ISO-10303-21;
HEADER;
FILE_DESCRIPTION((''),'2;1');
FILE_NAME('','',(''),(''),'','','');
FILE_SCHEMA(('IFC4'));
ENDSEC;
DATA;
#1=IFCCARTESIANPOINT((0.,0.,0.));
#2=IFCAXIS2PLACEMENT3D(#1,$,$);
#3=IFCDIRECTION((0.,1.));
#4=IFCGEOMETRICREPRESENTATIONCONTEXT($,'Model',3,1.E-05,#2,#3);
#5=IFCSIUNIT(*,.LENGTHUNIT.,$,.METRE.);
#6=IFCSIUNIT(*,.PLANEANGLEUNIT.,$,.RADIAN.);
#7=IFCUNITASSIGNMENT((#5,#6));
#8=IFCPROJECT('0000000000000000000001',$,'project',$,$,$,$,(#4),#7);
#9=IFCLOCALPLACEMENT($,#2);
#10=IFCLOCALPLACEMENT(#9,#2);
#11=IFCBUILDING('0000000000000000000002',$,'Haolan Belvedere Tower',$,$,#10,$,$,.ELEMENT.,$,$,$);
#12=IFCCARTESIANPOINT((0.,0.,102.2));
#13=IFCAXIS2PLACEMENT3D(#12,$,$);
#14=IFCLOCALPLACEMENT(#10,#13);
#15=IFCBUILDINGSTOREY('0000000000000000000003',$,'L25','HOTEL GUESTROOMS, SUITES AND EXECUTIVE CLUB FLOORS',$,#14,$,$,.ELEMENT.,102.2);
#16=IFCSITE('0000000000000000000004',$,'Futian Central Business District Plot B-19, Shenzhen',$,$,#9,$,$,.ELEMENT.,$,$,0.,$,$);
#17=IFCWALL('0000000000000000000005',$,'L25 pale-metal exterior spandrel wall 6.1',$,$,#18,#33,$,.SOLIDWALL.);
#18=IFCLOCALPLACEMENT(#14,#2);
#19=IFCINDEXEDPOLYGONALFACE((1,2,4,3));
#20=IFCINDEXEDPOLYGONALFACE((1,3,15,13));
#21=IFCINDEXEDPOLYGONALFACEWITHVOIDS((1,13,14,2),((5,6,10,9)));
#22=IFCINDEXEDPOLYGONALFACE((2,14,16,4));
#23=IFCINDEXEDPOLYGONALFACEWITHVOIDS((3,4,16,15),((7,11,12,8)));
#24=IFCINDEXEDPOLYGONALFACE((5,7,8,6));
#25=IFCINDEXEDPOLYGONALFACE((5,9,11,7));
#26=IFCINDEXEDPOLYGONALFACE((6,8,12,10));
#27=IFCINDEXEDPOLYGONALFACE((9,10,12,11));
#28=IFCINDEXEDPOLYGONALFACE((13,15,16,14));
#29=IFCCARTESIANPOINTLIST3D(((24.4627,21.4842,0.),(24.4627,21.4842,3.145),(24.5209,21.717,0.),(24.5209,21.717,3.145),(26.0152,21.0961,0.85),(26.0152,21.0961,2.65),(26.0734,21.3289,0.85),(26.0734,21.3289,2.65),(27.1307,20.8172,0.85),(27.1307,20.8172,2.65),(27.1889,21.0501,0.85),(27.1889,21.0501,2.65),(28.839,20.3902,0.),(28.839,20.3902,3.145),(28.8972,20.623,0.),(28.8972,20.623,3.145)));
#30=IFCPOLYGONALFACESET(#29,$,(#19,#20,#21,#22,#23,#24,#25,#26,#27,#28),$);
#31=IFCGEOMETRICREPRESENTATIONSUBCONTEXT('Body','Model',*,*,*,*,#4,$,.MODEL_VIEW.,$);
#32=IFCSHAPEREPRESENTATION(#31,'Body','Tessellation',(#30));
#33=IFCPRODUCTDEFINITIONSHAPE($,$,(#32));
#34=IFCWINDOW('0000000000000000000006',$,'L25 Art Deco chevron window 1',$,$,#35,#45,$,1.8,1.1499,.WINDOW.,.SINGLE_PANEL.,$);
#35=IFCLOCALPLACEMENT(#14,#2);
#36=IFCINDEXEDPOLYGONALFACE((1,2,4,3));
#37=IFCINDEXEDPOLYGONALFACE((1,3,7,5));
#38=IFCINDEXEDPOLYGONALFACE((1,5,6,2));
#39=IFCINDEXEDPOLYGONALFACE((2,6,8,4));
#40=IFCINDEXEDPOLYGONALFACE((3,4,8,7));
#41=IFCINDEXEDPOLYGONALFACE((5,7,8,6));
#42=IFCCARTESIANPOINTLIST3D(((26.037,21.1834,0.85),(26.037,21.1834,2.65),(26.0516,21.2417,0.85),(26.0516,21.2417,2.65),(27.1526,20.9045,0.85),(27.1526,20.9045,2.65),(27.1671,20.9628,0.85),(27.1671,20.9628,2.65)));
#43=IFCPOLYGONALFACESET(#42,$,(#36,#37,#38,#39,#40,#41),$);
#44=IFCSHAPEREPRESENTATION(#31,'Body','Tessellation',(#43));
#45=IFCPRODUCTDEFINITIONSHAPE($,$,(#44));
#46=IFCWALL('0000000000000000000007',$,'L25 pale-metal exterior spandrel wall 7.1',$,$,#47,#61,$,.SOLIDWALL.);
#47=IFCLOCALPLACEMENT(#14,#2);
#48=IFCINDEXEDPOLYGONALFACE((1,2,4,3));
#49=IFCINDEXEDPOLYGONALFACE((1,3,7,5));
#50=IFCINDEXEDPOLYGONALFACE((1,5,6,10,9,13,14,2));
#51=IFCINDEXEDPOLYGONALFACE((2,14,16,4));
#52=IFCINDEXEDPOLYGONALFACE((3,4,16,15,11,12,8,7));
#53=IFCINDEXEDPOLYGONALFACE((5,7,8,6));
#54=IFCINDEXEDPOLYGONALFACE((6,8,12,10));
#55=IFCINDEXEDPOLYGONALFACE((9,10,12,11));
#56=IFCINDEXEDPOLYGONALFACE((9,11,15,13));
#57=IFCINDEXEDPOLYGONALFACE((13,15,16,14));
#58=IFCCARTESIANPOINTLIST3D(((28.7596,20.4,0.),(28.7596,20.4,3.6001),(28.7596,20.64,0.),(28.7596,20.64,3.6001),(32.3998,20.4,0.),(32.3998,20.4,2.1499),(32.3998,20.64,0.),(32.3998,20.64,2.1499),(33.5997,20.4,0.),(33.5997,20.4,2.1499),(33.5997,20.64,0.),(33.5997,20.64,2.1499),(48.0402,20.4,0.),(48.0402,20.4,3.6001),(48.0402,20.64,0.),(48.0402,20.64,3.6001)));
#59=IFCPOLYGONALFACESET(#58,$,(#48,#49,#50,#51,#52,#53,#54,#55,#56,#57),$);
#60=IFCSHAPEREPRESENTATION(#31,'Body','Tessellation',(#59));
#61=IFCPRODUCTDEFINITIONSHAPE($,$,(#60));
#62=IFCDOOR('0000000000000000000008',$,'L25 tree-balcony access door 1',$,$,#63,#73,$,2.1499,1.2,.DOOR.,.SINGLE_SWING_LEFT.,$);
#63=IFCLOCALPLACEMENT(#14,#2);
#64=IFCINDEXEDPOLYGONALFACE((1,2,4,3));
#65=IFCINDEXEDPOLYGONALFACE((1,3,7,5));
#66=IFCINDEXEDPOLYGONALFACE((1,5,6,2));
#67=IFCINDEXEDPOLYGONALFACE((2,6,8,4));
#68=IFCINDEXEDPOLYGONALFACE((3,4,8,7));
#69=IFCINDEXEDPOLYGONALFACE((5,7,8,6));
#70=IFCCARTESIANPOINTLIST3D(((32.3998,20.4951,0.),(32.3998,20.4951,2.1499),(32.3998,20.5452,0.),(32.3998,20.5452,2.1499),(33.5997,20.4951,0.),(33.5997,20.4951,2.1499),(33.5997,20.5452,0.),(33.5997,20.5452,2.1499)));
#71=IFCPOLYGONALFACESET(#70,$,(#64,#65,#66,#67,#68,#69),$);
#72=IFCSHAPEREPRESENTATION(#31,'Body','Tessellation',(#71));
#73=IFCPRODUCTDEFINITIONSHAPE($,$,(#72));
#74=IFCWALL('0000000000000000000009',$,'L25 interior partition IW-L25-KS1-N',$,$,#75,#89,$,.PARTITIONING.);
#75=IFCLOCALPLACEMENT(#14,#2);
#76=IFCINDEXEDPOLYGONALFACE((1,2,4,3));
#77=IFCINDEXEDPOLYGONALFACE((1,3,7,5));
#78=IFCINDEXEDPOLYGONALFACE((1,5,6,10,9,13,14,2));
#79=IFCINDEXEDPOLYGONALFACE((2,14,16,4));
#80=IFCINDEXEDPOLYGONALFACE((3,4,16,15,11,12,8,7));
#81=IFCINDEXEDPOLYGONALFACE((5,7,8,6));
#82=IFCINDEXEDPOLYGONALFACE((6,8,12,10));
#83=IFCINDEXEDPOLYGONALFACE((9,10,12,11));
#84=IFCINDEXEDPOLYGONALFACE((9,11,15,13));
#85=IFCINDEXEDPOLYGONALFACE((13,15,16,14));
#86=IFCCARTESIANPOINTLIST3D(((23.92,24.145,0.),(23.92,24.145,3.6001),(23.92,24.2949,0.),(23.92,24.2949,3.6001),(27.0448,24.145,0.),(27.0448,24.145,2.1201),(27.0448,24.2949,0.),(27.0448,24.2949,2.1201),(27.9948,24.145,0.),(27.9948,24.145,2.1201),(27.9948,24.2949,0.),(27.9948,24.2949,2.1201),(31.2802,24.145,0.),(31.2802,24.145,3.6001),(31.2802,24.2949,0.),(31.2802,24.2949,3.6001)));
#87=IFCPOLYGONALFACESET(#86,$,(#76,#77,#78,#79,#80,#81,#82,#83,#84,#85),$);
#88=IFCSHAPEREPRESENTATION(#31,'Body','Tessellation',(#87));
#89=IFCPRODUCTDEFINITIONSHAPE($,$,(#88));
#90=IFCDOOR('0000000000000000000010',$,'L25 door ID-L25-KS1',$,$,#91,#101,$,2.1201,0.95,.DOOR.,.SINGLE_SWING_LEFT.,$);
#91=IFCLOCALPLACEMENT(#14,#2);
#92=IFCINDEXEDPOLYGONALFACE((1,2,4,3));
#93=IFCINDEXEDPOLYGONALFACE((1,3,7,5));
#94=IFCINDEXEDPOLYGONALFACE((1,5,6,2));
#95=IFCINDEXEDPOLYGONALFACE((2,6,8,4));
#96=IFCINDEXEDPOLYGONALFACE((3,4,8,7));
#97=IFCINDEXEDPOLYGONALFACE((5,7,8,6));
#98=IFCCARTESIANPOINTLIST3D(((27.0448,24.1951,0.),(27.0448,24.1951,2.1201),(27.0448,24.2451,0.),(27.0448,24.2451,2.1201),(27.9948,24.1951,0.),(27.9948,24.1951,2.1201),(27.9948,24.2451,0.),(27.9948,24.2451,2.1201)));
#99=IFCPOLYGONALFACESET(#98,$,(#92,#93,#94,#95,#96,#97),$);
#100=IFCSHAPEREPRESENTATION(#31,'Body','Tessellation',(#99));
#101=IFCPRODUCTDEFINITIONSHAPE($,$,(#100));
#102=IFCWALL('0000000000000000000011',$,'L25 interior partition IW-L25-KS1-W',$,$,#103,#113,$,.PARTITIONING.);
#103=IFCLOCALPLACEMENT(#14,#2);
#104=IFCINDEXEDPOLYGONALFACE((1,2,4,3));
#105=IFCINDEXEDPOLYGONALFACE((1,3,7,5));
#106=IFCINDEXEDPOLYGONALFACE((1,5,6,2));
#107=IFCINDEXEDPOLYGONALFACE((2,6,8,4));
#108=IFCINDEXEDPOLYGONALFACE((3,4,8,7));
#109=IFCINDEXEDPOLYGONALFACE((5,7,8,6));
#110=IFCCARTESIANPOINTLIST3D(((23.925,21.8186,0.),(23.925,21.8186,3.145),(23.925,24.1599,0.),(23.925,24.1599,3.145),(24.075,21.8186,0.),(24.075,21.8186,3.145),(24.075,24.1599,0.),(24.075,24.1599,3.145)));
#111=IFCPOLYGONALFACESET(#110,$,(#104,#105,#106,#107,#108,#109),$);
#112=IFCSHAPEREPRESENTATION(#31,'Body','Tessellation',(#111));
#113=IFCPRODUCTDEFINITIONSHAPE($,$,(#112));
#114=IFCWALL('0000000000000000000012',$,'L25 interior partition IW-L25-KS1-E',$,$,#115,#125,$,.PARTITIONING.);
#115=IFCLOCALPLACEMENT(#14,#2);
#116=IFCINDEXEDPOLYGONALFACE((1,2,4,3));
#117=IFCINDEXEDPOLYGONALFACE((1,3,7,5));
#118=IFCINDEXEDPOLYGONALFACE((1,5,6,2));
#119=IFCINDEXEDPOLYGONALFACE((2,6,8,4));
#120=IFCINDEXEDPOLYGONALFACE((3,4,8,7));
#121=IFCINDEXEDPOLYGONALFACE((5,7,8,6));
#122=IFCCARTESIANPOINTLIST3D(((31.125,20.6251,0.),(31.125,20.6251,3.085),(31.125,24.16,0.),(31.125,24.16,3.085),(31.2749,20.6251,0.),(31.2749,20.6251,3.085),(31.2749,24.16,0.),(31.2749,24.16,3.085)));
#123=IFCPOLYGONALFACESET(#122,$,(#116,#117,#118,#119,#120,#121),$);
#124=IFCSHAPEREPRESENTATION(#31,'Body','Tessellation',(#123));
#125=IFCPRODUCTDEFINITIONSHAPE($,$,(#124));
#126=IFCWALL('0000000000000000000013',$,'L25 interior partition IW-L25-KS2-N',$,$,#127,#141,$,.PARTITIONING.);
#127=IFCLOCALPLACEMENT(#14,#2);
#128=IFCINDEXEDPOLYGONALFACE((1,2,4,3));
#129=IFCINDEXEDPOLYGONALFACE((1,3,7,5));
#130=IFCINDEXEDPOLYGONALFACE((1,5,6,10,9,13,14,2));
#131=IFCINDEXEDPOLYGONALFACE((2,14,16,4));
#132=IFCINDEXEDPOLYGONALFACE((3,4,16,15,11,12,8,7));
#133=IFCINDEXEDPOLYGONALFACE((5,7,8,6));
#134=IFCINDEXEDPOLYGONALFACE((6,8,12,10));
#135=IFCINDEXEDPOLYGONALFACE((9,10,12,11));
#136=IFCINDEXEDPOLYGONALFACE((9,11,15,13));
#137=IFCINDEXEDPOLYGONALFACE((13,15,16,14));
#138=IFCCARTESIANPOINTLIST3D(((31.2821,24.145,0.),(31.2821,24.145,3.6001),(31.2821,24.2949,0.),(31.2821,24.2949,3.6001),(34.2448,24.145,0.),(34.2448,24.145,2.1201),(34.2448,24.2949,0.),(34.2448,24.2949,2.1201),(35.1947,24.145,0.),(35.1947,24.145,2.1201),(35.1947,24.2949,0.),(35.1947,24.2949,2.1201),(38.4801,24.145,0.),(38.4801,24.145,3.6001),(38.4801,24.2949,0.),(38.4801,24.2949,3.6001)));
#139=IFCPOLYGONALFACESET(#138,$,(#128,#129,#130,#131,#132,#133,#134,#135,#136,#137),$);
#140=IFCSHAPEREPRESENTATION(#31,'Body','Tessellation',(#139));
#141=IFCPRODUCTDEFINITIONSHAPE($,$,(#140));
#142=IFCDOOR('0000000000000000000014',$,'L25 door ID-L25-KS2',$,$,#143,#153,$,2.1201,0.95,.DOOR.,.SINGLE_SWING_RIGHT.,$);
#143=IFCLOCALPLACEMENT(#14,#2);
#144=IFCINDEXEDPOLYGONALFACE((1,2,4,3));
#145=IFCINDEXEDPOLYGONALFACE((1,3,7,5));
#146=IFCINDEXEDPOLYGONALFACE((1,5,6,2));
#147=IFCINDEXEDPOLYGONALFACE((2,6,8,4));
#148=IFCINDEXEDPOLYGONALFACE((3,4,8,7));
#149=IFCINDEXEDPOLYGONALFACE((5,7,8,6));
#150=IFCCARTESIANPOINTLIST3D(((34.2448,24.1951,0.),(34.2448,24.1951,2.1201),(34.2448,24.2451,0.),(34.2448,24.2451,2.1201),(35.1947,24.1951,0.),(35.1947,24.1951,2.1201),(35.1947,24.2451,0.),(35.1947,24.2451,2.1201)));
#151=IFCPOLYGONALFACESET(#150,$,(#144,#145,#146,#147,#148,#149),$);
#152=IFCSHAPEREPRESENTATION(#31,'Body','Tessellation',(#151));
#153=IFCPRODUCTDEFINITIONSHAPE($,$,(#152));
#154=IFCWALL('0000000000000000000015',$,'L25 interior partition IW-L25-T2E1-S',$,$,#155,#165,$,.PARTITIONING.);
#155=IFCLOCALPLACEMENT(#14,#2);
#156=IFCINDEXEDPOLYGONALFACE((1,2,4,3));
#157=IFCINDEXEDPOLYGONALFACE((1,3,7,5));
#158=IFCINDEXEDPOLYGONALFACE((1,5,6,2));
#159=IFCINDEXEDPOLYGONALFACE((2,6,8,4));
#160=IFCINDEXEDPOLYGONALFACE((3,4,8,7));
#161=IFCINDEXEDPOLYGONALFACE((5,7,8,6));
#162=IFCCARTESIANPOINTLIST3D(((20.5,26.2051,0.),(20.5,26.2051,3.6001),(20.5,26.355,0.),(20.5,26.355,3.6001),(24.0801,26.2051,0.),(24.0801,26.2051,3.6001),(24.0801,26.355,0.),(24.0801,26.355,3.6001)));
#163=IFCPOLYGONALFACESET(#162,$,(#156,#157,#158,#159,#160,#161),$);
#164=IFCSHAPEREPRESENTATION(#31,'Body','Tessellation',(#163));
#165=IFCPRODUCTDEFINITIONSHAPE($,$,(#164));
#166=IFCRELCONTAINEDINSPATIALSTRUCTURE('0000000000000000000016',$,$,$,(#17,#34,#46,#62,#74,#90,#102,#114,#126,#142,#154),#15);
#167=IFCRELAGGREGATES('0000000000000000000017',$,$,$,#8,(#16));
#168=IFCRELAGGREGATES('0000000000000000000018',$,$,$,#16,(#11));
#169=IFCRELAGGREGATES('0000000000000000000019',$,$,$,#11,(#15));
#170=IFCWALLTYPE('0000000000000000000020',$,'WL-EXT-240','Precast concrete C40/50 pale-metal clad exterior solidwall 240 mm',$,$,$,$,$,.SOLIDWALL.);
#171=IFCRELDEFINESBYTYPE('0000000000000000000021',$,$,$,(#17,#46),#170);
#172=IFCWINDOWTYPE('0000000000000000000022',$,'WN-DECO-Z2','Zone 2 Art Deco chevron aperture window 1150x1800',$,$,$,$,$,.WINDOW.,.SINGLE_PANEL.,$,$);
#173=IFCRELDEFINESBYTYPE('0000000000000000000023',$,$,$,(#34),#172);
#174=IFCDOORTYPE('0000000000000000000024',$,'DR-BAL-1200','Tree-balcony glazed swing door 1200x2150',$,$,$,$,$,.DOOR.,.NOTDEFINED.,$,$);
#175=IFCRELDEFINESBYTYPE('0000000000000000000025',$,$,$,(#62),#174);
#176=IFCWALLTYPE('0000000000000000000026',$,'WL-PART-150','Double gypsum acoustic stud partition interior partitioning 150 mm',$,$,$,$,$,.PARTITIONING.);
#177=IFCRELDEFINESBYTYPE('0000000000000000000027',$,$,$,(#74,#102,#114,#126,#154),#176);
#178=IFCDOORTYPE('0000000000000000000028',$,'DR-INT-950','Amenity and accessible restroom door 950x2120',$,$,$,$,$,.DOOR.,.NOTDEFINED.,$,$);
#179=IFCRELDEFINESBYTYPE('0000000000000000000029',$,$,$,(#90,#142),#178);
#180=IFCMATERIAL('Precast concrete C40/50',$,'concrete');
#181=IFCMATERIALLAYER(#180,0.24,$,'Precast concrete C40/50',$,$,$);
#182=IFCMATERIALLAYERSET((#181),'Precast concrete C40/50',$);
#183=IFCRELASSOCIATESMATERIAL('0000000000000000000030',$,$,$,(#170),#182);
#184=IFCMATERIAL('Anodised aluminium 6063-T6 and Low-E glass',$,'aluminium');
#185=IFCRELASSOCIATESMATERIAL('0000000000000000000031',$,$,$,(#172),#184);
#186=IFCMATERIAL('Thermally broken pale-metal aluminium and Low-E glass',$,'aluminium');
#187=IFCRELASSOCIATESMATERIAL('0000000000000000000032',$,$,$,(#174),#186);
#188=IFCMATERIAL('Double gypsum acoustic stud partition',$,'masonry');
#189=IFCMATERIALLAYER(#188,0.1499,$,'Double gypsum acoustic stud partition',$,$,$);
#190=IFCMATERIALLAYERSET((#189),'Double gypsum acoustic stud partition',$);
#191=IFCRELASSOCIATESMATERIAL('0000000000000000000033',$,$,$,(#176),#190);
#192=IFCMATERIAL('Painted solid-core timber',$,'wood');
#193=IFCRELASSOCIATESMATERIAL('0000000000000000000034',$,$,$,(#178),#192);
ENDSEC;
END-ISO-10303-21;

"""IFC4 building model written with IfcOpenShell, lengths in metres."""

from ifc_helpers import new_model, si_unit, direction, frame, frame_2d, origin, place, context, subcontext, project, spatial, rectangle, extrude, material, layer, layer_set, type_object, element, fill, save


model = new_model("IFC4")

# Units and contexts
model_context = context("Model", 3, precision=1e-05, world=origin(), true_north=direction((0.0, 1.0)))
body_context = subcontext(model_context, "Body", "Model", "MODEL_VIEW")
ifc_project = project(units=[si_unit("LENGTHUNIT", "METRE"), si_unit("PLANEANGLEUNIT", "RADIAN")], contexts=[model_context])

# Site, building, storey
site_placement = place(None, origin())
site = spatial("IfcSite", under=ifc_project, at=site_placement, Name="Futian Central Business District Plot B-19, Shenzhen", CompositionType="ELEMENT", RefElevation=0.0)
building_placement = place(site_placement, origin())
building = spatial("IfcBuilding", under=site, at=building_placement, Name="Haolan Belvedere Tower", CompositionType="ELEMENT")
storey_placement = place(building_placement, frame((0.0, 0.0, 102.2)))
storey = spatial("IfcBuildingStorey", under=building, at=storey_placement, Name="L25", Description="HOTEL GUESTROOMS, SUITES AND EXECUTIVE CLUB FLOORS", CompositionType="ELEMENT", Elevation=102.2)

# Wall, opening, window
ifc_material_1 = material(Name="Precast concrete C40/50", Category="concrete")
ifc_layer_1 = layer(ifc_material_1, 0.24, Name="Precast concrete C40/50")
ifc_layer_set_1 = layer_set([ifc_layer_1], Name="Precast concrete C40/50")
wall_type_1 = type_object("IfcWallType", Name="WL-EXT-240", Description="Precast concrete C40/50 pale-metal clad exterior solidwall 240 mm", PredefinedType="SOLIDWALL", material=ifc_layer_set_1)
wall_1_placement = place(storey_placement, frame((24.4919, 21.6006, 0.0), z_axis=(0.0, 0.0, 1.0), x_axis=(0.970146, -0.242523, 0.0)))
wall_1 = element("IfcWall", 1, at=wall_1_placement, inside=storey, type_object=wall_type_1, Name="L25 pale-metal exterior spandrel wall 6.1", PredefinedType="SOLIDWALL", context=body_context, shape_type="SweptSolid", body=[
    extrude(rectangle(XDim=4.511, YDim=0.24, at=frame_2d((2.2554, 0.0))), origin(), (0.0, 0.0, 1.0), 3.145),
])
opening_1_placement = place(wall_1_placement, frame((1.6001, 0.0, 0.8501)))
opening_1 = element("IfcOpeningElement", 2, at=opening_1_placement, cuts=wall_1, PredefinedType="OPENING", context=body_context, shape_type="SweptSolid", body=[
    extrude(rectangle(XDim=1.1499, YDim=1.8, at=frame_2d((0.575, 0.8999))), frame((0.0, 0.1299, 0.0), z_axis=(0.0, -1.0, 0.0), x_axis=(1.0, 0.0, 0.0)), (0.0, 0.0, 1.0), 0.26),
])
ifc_material_2 = material(Name="Anodised aluminium 6063-T6 and Low-E glass", Category="aluminium")
window_type = type_object("IfcWindowType", Name="WN-DECO-Z2", Description="Zone 2 Art Deco chevron aperture window 1150x1800", PartitioningType="SINGLE_PANEL", PredefinedType="WINDOW", material=ifc_material_2)
window_placement = place(opening_1_placement, origin())
window = element("IfcWindow", 3, at=window_placement, inside=storey, type_object=window_type, Name="L25 Art Deco chevron window 1", OverallHeight=1.8, OverallWidth=1.1499, PartitioningType="SINGLE_PANEL", PredefinedType="WINDOW", context=body_context, shape_type="SweptSolid", body=[
    extrude(rectangle(XDim=1.1499, YDim=1.8, at=frame_2d((0.575, 0.8999))), frame((0.0, 0.03, 0.0), z_axis=(0.0, -1.0, 0.0), x_axis=(1.0, 0.0, 0.0)), (0.0, 0.0, 1.0), 0.0601),
])
fill(opening_1, window)

# Walls, openings, doors
wall_2_placement = place(storey_placement, frame((28.7598, 20.52, 0.0), z_axis=(0.0, 0.0, 1.0), x_axis=(1.0, 0.0, 0.0)))
wall_2 = element("IfcWall", 4, at=wall_2_placement, inside=storey, type_object=wall_type_1, Name="L25 pale-metal exterior spandrel wall 7.1", PredefinedType="SOLIDWALL", context=body_context, shape_type="SweptSolid", body=[
    extrude(rectangle(XDim=19.2805, YDim=0.24, at=frame_2d((9.6401, 0.0))), origin(), (0.0, 0.0, 1.0), 3.6001),
])
opening_2_placement = place(wall_2_placement, frame((4.8401, 0.0, 0.0), z_axis=(0.0, 0.0, 1.0), x_axis=(-1.0, 0.0, 0.0)))
opening_2 = element("IfcOpeningElement", 5, at=opening_2_placement, cuts=wall_2, PredefinedType="OPENING", context=body_context, shape_type="SweptSolid", body=[
    extrude(rectangle(XDim=1.2, YDim=2.1499, at=frame_2d((0.6001, 1.075))), frame((0.0, 0.1299, 0.0), z_axis=(0.0, -1.0, 0.0), x_axis=(1.0, 0.0, 0.0)), (0.0, 0.0, 1.0), 0.26),
])
ifc_material_3 = material(Name="Thermally broken pale-metal aluminium and Low-E glass", Category="aluminium")
door_type_1 = type_object("IfcDoorType", Name="DR-BAL-1200", Description="Tree-balcony glazed swing door 1200x2150", OperationType="NOTDEFINED", PredefinedType="DOOR", material=ifc_material_3)
door_1_placement = place(opening_2_placement, origin())
door_1 = element("IfcDoor", 6, at=door_1_placement, inside=storey, type_object=door_type_1, Name="L25 tree-balcony access door 1", OperationType="SINGLE_SWING_LEFT", OverallHeight=2.1499, OverallWidth=1.2, PredefinedType="DOOR", context=body_context, shape_type="SweptSolid", body=[
    extrude(rectangle(XDim=1.2, YDim=2.1499, at=frame_2d((0.6001, 1.075))), frame((0.0, 0.0249, 0.0), z_axis=(0.0, -1.0, 0.0), x_axis=(1.0, 0.0, 0.0)), (0.0, 0.0, 1.0), 0.05),
])
fill(opening_2, door_1)
ifc_material_4 = material(Name="Double gypsum acoustic stud partition", Category="masonry")
ifc_layer_2 = layer(ifc_material_4, 0.1499, Name="Double gypsum acoustic stud partition")
ifc_layer_set_2 = layer_set([ifc_layer_2], Name="Double gypsum acoustic stud partition")
wall_type_2 = type_object("IfcWallType", Name="WL-PART-150", Description="Double gypsum acoustic stud partition interior partitioning 150 mm", PredefinedType="PARTITIONING", material=ifc_layer_set_2)
wall_3_placement = place(storey_placement, frame((23.9199, 24.22, 0.0), z_axis=(0.0, 0.0, 1.0), x_axis=(1.0, 0.0, 0.0)))
wall_3 = element("IfcWall", 7, at=wall_3_placement, inside=storey, type_object=wall_type_2, Name="L25 interior partition IW-L25-KS1-N", PredefinedType="PARTITIONING", context=body_context, shape_type="SweptSolid", body=[
    extrude(rectangle(XDim=7.3601, YDim=0.1499, at=frame_2d((3.6802, 0.0))), origin(), (0.0, 0.0, 1.0), 3.6001),
])
opening_3_placement = place(wall_3_placement, frame((4.075, 0.0, 0.0), z_axis=(0.0, 0.0, 1.0), x_axis=(-1.0, 0.0, 0.0)))
opening_3 = element("IfcOpeningElement", 8, at=opening_3_placement, cuts=wall_3, PredefinedType="OPENING", context=body_context, shape_type="SweptSolid", body=[
    extrude(rectangle(XDim=0.95, YDim=2.1201, at=frame_2d((0.4751, 1.0601))), frame((0.0, 0.085, 0.0), z_axis=(0.0, -1.0, 0.0), x_axis=(1.0, 0.0, 0.0)), (0.0, 0.0, 1.0), 0.1699),
])
ifc_material_5 = material(Name="Painted solid-core timber", Category="wood")
door_type_2 = type_object("IfcDoorType", Name="DR-INT-950", Description="Amenity and accessible restroom door 950x2120", OperationType="NOTDEFINED", PredefinedType="DOOR", material=ifc_material_5)
door_2_placement = place(opening_3_placement, origin())
door_2 = element("IfcDoor", 9, at=door_2_placement, inside=storey, type_object=door_type_2, Name="L25 door ID-L25-KS1", OperationType="SINGLE_SWING_LEFT", OverallHeight=2.1201, OverallWidth=0.95, PredefinedType="DOOR", context=body_context, shape_type="SweptSolid", body=[
    extrude(rectangle(XDim=0.95, YDim=2.1201, at=frame_2d((0.4751, 1.0601))), frame((0.0, 0.0249, 0.0), z_axis=(0.0, -1.0, 0.0), x_axis=(1.0, 0.0, 0.0)), (0.0, 0.0, 1.0), 0.05),
])
fill(opening_3, door_2)

# Walls
wall_4_placement = place(storey_placement, frame((24.0, 21.8186, 0.0), z_axis=(0.0, 0.0, 1.0), x_axis=(0.0, 1.0, 0.0)))
element("IfcWall", 10, at=wall_4_placement, inside=storey, type_object=wall_type_2, Name="L25 interior partition IW-L25-KS1-W", PredefinedType="PARTITIONING", context=body_context, shape_type="SweptSolid", body=[
    extrude(rectangle(XDim=2.3413, YDim=0.1499, at=frame_2d((1.1707, 0.0))), origin(), (0.0, 0.0, 1.0), 3.145),
])
wall_5_placement = place(storey_placement, frame((31.2, 20.625, 0.0), z_axis=(0.0, 0.0, 1.0), x_axis=(0.0, 1.0, 0.0)))
element("IfcWall", 11, at=wall_5_placement, inside=storey, type_object=wall_type_2, Name="L25 interior partition IW-L25-KS1-E", PredefinedType="PARTITIONING", context=body_context, shape_type="SweptSolid", body=[
    extrude(rectangle(XDim=3.5349, YDim=0.1499, at=frame_2d((1.7676, 0.0))), origin(), (0.0, 0.0, 1.0), 3.085),
])

# Wall, opening, door
wall_6_placement = place(storey_placement, frame((31.282, 24.22, 0.0), z_axis=(0.0, 0.0, 1.0), x_axis=(1.0, 0.0, 0.0)))
wall_6 = element("IfcWall", 12, at=wall_6_placement, inside=storey, type_object=wall_type_2, Name="L25 interior partition IW-L25-KS2-N", PredefinedType="PARTITIONING", context=body_context, shape_type="SweptSolid", body=[
    extrude(rectangle(XDim=7.198, YDim=0.1499, at=frame_2d((3.5991, 0.0))), origin(), (0.0, 0.0, 1.0), 3.6001),
])
opening_4_placement = place(wall_6_placement, frame((3.9128, 0.0, 0.0), z_axis=(0.0, 0.0, 1.0), x_axis=(-1.0, 0.0, 0.0)))
opening_4 = element("IfcOpeningElement", 13, at=opening_4_placement, cuts=wall_6, PredefinedType="OPENING", context=body_context, shape_type="SweptSolid", body=[
    extrude(rectangle(XDim=0.95, YDim=2.1201, at=frame_2d((0.4751, 1.0601))), frame((0.0, 0.085, 0.0), z_axis=(0.0, -1.0, 0.0), x_axis=(1.0, 0.0, 0.0)), (0.0, 0.0, 1.0), 0.1699),
])
door_3_placement = place(opening_4_placement, origin())
door_3 = element("IfcDoor", 14, at=door_3_placement, inside=storey, type_object=door_type_2, Name="L25 door ID-L25-KS2", OperationType="SINGLE_SWING_RIGHT", OverallHeight=2.1201, OverallWidth=0.95, PredefinedType="DOOR", context=body_context, shape_type="SweptSolid", body=[
    extrude(rectangle(XDim=0.95, YDim=2.1201, at=frame_2d((0.4751, 1.0601))), frame((0.0, 0.0249, 0.0), z_axis=(0.0, -1.0, 0.0), x_axis=(1.0, 0.0, 0.0)), (0.0, 0.0, 1.0), 0.05),
])
fill(opening_4, door_3)

# Wall
wall_7_placement = place(storey_placement, frame((20.5, 26.28, 0.0), z_axis=(0.0, 0.0, 1.0), x_axis=(1.0, 0.0, 0.0)))
element("IfcWall", 15, at=wall_7_placement, inside=storey, type_object=wall_type_2, Name="L25 interior partition IW-L25-T2E1-S", PredefinedType="PARTITIONING", context=body_context, shape_type="SweptSolid", body=[
    extrude(rectangle(XDim=3.5801, YDim=0.1499, at=frame_2d((1.79, 0.0))), origin(), (0.0, 0.0, 1.0), 3.6001),
])

save(model, "model.ifc")
